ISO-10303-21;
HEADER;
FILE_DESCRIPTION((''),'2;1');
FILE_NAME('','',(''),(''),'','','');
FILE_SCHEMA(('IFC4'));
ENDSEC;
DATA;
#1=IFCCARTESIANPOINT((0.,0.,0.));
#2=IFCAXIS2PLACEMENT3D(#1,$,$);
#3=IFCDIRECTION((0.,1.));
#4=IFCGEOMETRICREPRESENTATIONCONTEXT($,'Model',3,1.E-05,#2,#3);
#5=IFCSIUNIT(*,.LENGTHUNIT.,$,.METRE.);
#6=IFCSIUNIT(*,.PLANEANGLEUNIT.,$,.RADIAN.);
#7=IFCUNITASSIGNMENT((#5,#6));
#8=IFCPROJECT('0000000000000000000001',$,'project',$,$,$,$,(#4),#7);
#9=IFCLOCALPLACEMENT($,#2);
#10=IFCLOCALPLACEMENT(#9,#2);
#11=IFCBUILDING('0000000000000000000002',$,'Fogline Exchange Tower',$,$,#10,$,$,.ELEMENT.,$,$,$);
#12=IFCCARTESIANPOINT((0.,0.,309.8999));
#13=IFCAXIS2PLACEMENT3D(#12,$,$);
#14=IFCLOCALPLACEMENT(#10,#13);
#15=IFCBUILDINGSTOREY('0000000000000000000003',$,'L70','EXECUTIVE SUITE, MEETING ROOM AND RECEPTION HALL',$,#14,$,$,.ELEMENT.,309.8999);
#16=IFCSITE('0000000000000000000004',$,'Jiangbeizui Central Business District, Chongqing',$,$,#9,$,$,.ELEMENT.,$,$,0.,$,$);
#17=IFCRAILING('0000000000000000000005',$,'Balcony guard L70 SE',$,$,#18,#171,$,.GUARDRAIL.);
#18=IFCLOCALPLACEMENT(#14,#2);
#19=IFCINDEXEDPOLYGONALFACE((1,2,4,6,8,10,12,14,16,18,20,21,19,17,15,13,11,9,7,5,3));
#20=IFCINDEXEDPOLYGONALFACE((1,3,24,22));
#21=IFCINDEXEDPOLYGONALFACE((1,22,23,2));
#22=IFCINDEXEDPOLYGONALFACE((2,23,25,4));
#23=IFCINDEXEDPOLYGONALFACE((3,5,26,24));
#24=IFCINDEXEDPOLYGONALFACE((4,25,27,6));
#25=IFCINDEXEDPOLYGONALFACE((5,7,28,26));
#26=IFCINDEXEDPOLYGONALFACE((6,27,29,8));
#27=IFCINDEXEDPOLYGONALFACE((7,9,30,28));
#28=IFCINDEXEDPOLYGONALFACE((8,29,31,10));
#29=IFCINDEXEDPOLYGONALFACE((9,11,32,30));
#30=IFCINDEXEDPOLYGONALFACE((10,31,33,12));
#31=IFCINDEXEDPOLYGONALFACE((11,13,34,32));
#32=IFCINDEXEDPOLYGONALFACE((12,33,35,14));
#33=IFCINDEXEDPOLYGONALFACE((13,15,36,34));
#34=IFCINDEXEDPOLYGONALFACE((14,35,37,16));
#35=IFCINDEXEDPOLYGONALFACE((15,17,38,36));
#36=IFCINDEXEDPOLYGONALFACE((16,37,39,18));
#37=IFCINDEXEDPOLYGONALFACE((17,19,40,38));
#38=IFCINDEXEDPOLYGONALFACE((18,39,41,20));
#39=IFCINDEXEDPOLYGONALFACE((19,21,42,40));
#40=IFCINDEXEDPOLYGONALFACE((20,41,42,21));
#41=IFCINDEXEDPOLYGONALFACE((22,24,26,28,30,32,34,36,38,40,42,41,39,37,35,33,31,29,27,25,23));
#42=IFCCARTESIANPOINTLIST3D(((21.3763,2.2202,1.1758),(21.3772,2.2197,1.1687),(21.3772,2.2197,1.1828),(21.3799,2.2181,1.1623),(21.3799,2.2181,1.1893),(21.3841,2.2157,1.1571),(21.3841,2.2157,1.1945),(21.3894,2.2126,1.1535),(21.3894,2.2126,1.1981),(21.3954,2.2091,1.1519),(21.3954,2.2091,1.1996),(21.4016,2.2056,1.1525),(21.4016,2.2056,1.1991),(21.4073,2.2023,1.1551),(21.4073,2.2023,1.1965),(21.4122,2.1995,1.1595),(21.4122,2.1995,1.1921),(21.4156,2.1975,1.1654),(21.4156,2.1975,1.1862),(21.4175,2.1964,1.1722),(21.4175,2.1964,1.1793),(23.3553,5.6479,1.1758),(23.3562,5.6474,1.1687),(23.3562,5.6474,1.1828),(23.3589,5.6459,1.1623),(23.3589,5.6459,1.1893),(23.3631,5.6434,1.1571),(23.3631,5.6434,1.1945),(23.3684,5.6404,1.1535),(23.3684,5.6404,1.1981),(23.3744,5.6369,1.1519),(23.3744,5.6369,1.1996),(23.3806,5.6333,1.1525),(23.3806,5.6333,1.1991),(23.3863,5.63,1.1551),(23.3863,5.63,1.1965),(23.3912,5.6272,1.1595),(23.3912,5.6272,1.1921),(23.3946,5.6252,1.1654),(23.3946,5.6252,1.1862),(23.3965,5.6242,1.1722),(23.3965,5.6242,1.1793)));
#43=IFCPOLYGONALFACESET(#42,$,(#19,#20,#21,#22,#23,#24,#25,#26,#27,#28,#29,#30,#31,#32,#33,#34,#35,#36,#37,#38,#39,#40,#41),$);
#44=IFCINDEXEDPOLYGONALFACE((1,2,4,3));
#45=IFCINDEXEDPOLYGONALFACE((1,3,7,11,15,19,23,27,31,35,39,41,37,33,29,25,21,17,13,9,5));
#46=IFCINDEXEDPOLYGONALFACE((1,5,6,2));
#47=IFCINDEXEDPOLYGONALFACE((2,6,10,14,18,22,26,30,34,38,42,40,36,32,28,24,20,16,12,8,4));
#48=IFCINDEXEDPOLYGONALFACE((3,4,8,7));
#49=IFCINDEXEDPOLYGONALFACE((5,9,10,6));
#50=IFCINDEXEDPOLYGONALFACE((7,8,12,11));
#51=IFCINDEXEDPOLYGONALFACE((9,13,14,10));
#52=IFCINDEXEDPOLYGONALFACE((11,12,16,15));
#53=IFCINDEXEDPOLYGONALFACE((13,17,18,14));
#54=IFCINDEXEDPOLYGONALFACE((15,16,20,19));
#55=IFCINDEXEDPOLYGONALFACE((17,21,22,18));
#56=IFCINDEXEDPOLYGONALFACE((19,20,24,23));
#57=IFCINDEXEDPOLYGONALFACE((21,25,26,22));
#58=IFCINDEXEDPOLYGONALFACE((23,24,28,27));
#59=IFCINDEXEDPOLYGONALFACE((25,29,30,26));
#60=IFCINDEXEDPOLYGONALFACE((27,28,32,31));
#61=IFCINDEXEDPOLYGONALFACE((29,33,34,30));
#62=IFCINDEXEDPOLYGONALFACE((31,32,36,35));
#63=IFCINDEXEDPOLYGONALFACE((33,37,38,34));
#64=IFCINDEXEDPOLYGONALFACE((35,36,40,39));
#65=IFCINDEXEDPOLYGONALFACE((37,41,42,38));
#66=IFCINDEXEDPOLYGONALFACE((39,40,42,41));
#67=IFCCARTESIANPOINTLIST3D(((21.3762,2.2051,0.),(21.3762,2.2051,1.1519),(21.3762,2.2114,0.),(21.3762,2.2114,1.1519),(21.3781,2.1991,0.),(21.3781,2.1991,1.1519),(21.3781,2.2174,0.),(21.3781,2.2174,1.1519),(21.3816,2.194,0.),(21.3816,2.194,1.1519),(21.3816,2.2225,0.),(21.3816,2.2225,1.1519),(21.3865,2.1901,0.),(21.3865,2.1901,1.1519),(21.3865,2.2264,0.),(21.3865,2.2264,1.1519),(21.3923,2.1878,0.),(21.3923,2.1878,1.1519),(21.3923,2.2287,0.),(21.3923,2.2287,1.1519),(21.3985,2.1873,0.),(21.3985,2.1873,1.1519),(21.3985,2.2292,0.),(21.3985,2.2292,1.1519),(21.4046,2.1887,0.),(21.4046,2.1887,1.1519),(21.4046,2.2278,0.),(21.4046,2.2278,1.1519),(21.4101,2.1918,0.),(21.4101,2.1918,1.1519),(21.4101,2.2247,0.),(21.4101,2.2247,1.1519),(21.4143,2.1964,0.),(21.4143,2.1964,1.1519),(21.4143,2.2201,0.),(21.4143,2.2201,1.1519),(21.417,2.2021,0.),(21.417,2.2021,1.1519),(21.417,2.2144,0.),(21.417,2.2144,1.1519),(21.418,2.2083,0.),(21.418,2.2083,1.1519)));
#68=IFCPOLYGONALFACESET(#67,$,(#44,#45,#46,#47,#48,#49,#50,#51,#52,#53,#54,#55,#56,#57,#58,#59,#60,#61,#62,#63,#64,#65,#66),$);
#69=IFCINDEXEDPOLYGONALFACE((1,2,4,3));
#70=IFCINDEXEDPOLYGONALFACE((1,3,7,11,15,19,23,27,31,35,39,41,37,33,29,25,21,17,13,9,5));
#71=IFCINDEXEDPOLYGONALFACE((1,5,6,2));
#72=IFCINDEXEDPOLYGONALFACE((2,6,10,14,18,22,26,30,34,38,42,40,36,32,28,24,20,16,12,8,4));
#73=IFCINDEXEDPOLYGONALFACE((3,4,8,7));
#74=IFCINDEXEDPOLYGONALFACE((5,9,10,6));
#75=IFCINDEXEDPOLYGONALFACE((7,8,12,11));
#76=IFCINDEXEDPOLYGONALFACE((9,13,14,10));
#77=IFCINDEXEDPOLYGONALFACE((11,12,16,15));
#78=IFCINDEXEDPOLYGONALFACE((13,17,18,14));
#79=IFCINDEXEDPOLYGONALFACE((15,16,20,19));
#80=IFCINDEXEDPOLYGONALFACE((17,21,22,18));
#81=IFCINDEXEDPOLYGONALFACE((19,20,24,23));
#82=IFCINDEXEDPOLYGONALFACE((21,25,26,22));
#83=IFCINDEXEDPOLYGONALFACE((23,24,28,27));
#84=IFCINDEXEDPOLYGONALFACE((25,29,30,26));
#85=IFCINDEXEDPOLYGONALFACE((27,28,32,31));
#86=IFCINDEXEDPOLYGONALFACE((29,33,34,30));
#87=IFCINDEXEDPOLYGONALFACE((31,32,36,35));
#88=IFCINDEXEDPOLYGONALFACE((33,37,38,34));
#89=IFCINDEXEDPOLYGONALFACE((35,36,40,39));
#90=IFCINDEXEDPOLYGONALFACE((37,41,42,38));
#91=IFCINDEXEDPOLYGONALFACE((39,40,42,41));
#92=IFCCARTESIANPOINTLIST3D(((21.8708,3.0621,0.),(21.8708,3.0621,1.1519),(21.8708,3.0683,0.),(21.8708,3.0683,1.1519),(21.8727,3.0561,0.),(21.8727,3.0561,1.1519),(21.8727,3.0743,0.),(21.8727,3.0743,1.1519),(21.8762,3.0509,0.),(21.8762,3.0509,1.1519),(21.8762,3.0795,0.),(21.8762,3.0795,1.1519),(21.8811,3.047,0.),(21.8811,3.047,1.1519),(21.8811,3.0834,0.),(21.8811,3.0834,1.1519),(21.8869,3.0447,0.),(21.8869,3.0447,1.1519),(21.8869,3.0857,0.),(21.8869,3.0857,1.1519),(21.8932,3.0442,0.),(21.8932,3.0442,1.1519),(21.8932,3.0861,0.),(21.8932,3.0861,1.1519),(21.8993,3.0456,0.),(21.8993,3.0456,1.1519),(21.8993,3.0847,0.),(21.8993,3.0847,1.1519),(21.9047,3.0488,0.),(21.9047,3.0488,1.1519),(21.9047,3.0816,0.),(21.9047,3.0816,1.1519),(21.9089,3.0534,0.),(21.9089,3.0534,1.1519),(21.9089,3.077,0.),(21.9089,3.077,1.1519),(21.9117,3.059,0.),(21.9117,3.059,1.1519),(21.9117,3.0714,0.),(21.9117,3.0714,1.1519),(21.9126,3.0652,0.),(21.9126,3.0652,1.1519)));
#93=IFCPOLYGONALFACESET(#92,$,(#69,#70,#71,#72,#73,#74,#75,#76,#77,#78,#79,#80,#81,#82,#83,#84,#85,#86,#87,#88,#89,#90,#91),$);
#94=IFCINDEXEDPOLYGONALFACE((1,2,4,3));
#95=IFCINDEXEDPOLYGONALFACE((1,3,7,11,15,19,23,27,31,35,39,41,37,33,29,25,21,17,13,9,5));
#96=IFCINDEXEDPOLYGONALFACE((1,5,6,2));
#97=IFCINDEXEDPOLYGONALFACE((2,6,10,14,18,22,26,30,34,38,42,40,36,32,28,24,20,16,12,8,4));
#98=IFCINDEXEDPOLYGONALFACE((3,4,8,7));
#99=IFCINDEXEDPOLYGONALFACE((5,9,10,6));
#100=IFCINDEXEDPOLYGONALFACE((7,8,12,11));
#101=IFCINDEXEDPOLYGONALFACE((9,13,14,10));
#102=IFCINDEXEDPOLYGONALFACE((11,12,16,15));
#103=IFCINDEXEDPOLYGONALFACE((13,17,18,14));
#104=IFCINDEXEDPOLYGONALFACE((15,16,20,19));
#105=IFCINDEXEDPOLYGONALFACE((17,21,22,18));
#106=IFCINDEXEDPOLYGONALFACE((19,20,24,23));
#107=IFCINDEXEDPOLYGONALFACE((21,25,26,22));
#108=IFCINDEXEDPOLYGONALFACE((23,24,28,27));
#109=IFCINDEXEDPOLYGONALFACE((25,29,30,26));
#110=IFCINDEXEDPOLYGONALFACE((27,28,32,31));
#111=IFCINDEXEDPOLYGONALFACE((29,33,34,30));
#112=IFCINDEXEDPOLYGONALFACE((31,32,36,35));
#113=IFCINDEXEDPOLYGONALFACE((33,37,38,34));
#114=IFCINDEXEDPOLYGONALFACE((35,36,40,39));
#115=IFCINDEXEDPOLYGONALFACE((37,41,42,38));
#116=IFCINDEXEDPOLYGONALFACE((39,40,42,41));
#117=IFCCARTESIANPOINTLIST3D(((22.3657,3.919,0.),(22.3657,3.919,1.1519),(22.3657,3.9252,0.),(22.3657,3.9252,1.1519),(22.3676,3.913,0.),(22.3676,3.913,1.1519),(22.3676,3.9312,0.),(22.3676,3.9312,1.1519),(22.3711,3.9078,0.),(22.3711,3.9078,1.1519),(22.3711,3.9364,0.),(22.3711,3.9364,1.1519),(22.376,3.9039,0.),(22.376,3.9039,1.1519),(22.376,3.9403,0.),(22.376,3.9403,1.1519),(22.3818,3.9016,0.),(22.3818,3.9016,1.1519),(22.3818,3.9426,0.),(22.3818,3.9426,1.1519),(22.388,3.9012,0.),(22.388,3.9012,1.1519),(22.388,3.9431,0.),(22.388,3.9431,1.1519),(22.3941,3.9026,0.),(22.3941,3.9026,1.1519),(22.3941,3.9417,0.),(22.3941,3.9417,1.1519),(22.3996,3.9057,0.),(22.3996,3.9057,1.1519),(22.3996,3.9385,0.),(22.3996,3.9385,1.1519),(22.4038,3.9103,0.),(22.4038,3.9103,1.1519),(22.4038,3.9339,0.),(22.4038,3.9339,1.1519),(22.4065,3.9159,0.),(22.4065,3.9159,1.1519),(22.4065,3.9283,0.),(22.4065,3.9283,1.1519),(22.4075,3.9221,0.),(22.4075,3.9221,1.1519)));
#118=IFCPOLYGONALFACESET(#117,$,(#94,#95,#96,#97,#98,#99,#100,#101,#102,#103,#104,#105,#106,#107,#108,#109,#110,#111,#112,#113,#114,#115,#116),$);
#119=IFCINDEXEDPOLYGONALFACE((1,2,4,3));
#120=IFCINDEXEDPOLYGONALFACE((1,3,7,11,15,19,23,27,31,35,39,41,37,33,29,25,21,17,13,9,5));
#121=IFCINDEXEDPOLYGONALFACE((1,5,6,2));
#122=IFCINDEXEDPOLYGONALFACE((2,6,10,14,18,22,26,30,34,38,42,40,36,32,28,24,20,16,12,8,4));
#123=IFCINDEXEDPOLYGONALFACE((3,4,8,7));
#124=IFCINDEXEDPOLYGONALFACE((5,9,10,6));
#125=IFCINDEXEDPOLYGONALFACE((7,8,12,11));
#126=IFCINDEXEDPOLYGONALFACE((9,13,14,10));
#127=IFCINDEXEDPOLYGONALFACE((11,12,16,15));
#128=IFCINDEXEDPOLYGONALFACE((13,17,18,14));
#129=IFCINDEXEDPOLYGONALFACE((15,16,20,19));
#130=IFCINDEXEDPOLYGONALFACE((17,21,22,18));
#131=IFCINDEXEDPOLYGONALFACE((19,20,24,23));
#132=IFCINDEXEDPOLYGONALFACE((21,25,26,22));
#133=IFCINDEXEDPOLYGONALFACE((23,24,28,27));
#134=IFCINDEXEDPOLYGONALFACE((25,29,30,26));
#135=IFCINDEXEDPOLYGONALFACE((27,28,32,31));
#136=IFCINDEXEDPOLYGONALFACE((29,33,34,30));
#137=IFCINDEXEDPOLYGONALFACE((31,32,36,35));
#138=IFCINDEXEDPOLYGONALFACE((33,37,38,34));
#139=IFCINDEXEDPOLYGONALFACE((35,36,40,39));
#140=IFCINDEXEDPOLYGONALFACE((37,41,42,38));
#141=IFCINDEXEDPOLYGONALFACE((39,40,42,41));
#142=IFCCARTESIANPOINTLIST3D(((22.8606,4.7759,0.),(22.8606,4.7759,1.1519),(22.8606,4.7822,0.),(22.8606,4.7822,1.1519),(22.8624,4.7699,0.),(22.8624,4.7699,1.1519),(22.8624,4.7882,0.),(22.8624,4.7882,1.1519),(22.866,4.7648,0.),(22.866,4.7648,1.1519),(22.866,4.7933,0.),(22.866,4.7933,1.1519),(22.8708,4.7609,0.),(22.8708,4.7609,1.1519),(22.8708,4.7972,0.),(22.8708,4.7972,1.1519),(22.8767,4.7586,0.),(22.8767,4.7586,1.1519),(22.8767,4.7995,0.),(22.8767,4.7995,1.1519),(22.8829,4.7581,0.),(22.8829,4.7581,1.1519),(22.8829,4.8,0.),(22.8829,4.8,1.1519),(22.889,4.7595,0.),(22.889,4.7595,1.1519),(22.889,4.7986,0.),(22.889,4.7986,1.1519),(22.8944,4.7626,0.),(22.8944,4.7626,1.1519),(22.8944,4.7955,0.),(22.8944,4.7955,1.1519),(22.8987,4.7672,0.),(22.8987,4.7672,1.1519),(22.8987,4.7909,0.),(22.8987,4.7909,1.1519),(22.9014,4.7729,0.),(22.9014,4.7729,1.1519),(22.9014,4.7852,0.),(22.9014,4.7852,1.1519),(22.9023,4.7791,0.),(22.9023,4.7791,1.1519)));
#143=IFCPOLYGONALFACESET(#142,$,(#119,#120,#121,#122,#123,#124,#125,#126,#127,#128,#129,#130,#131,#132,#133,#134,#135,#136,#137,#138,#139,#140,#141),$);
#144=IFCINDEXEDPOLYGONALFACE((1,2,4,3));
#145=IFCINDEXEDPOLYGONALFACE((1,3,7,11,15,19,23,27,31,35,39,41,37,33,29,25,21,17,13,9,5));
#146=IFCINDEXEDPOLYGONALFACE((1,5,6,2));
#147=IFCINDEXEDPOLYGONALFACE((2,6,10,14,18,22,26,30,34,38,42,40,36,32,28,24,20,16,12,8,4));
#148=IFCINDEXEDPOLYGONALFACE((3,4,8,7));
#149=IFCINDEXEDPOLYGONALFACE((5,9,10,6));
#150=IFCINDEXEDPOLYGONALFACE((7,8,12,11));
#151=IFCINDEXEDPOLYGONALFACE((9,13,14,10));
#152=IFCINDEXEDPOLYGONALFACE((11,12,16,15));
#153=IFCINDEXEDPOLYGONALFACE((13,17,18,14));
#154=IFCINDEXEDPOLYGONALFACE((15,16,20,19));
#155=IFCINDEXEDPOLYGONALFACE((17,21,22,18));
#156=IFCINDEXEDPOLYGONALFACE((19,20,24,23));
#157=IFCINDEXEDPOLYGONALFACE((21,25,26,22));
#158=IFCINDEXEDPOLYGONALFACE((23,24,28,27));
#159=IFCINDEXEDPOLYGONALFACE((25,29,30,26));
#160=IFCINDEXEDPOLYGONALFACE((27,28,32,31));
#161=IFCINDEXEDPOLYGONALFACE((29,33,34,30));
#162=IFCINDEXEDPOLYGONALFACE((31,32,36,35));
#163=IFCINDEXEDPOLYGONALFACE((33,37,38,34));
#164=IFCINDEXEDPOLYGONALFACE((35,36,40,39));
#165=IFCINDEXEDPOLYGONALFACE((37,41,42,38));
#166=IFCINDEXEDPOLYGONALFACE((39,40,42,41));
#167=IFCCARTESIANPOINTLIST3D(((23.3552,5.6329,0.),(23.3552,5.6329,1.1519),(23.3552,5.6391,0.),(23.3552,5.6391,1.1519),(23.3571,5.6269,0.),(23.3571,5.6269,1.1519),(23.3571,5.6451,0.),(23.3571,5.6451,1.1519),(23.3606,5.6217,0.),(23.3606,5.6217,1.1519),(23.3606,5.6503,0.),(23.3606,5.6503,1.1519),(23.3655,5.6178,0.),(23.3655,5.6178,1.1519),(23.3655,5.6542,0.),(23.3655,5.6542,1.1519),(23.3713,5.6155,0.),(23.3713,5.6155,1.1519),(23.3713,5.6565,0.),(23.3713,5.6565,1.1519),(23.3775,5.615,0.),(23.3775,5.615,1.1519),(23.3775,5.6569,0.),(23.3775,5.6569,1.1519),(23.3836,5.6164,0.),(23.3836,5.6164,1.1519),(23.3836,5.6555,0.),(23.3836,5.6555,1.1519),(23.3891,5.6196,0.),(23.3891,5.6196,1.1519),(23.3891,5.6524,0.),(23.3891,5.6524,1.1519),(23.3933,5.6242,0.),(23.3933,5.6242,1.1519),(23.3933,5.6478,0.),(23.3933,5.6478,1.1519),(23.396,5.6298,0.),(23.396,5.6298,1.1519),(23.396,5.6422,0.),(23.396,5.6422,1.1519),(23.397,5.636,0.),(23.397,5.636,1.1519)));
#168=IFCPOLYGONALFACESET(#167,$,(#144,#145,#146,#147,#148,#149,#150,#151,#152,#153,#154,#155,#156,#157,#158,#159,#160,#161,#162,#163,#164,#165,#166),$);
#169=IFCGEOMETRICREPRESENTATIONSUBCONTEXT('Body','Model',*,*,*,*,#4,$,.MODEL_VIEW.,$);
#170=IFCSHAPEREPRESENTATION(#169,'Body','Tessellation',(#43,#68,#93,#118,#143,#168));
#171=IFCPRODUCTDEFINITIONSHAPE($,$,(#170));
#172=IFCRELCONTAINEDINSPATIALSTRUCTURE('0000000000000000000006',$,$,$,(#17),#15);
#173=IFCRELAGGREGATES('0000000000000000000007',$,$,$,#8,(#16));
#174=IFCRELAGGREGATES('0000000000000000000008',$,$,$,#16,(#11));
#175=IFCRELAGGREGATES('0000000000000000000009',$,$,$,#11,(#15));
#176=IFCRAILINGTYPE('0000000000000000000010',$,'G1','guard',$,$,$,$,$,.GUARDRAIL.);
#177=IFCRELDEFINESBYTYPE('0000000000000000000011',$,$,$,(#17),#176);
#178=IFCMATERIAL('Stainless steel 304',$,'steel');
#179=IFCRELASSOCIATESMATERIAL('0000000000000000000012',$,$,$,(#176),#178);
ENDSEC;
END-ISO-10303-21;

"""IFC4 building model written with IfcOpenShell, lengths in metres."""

from ifc_helpers import new_model, si_unit, direction, frame, origin, origin_2d, place, context, subcontext, project, spatial, circle, extrude, material, type_object, element, save


model = new_model("IFC4")

# Units and contexts
model_context = context("Model", 3, precision=1e-05, world=origin(), true_north=direction((0.0, 1.0)))
body_context = subcontext(model_context, "Body", "Model", "MODEL_VIEW")
ifc_project = project(units=[si_unit("LENGTHUNIT", "METRE"), si_unit("PLANEANGLEUNIT", "RADIAN")], contexts=[model_context])

# Site, building, storey
site_placement = place(None, origin())
site = spatial("IfcSite", under=ifc_project, at=site_placement, Name="Jiangbeizui Central Business District, Chongqing", CompositionType="ELEMENT", RefElevation=0.0)
building_placement = place(site_placement, origin())
building = spatial("IfcBuilding", under=site, at=building_placement, Name="Fogline Exchange Tower", CompositionType="ELEMENT")
storey_placement = place(building_placement, frame((0.0, 0.0, 309.8999)))
storey = spatial("IfcBuildingStorey", under=building, at=storey_placement, Name="L70", Description="EXECUTIVE SUITE, MEETING ROOM AND RECEPTION HALL", CompositionType="ELEMENT", Elevation=309.8999)

# Railing
ifc_material_1 = material(Name="Stainless steel 304", Category="steel")
railing_type = type_object("IfcRailingType", Name="G1", Description="guard", PredefinedType="GUARDRAIL", material=ifc_material_1)
railing_placement = place(storey_placement, frame((21.397, 2.2083, 0.0)))
element("IfcRailing", 1, at=railing_placement, inside=storey, type_object=railing_type, Name="Balcony guard L70 SE", PredefinedType="GUARDRAIL", context=body_context, shape_type="SweptSolid", body=[
    extrude(circle(Radius=0.0239, at=origin_2d()), frame((0.0, 0.0, 1.1758), z_axis=(0.5, 0.866025, 0.0), x_axis=(-0.866025, 0.5, 0.0)), (0.0, 0.0, 1.0), 3.958),
    extrude(circle(Radius=0.021, at=origin_2d()), origin(), (0.0, 0.0, 1.0), 1.1519),
    extrude(circle(Radius=0.021, at=origin_2d()), frame((0.4946, 0.8569, 0.0)), (0.0, 0.0, 1.0), 1.1519),
    extrude(circle(Radius=0.021, at=origin_2d()), frame((0.9895, 1.7139, 0.0)), (0.0, 0.0, 1.0), 1.1519),
    extrude(circle(Radius=0.021, at=origin_2d()), frame((1.4844, 2.5708, 0.0)), (0.0, 0.0, 1.0), 1.1519),
    extrude(circle(Radius=0.021, at=origin_2d()), frame((1.979, 3.4277, 0.0)), (0.0, 0.0, 1.0), 1.1519),
])

save(model, "model.ifc")
